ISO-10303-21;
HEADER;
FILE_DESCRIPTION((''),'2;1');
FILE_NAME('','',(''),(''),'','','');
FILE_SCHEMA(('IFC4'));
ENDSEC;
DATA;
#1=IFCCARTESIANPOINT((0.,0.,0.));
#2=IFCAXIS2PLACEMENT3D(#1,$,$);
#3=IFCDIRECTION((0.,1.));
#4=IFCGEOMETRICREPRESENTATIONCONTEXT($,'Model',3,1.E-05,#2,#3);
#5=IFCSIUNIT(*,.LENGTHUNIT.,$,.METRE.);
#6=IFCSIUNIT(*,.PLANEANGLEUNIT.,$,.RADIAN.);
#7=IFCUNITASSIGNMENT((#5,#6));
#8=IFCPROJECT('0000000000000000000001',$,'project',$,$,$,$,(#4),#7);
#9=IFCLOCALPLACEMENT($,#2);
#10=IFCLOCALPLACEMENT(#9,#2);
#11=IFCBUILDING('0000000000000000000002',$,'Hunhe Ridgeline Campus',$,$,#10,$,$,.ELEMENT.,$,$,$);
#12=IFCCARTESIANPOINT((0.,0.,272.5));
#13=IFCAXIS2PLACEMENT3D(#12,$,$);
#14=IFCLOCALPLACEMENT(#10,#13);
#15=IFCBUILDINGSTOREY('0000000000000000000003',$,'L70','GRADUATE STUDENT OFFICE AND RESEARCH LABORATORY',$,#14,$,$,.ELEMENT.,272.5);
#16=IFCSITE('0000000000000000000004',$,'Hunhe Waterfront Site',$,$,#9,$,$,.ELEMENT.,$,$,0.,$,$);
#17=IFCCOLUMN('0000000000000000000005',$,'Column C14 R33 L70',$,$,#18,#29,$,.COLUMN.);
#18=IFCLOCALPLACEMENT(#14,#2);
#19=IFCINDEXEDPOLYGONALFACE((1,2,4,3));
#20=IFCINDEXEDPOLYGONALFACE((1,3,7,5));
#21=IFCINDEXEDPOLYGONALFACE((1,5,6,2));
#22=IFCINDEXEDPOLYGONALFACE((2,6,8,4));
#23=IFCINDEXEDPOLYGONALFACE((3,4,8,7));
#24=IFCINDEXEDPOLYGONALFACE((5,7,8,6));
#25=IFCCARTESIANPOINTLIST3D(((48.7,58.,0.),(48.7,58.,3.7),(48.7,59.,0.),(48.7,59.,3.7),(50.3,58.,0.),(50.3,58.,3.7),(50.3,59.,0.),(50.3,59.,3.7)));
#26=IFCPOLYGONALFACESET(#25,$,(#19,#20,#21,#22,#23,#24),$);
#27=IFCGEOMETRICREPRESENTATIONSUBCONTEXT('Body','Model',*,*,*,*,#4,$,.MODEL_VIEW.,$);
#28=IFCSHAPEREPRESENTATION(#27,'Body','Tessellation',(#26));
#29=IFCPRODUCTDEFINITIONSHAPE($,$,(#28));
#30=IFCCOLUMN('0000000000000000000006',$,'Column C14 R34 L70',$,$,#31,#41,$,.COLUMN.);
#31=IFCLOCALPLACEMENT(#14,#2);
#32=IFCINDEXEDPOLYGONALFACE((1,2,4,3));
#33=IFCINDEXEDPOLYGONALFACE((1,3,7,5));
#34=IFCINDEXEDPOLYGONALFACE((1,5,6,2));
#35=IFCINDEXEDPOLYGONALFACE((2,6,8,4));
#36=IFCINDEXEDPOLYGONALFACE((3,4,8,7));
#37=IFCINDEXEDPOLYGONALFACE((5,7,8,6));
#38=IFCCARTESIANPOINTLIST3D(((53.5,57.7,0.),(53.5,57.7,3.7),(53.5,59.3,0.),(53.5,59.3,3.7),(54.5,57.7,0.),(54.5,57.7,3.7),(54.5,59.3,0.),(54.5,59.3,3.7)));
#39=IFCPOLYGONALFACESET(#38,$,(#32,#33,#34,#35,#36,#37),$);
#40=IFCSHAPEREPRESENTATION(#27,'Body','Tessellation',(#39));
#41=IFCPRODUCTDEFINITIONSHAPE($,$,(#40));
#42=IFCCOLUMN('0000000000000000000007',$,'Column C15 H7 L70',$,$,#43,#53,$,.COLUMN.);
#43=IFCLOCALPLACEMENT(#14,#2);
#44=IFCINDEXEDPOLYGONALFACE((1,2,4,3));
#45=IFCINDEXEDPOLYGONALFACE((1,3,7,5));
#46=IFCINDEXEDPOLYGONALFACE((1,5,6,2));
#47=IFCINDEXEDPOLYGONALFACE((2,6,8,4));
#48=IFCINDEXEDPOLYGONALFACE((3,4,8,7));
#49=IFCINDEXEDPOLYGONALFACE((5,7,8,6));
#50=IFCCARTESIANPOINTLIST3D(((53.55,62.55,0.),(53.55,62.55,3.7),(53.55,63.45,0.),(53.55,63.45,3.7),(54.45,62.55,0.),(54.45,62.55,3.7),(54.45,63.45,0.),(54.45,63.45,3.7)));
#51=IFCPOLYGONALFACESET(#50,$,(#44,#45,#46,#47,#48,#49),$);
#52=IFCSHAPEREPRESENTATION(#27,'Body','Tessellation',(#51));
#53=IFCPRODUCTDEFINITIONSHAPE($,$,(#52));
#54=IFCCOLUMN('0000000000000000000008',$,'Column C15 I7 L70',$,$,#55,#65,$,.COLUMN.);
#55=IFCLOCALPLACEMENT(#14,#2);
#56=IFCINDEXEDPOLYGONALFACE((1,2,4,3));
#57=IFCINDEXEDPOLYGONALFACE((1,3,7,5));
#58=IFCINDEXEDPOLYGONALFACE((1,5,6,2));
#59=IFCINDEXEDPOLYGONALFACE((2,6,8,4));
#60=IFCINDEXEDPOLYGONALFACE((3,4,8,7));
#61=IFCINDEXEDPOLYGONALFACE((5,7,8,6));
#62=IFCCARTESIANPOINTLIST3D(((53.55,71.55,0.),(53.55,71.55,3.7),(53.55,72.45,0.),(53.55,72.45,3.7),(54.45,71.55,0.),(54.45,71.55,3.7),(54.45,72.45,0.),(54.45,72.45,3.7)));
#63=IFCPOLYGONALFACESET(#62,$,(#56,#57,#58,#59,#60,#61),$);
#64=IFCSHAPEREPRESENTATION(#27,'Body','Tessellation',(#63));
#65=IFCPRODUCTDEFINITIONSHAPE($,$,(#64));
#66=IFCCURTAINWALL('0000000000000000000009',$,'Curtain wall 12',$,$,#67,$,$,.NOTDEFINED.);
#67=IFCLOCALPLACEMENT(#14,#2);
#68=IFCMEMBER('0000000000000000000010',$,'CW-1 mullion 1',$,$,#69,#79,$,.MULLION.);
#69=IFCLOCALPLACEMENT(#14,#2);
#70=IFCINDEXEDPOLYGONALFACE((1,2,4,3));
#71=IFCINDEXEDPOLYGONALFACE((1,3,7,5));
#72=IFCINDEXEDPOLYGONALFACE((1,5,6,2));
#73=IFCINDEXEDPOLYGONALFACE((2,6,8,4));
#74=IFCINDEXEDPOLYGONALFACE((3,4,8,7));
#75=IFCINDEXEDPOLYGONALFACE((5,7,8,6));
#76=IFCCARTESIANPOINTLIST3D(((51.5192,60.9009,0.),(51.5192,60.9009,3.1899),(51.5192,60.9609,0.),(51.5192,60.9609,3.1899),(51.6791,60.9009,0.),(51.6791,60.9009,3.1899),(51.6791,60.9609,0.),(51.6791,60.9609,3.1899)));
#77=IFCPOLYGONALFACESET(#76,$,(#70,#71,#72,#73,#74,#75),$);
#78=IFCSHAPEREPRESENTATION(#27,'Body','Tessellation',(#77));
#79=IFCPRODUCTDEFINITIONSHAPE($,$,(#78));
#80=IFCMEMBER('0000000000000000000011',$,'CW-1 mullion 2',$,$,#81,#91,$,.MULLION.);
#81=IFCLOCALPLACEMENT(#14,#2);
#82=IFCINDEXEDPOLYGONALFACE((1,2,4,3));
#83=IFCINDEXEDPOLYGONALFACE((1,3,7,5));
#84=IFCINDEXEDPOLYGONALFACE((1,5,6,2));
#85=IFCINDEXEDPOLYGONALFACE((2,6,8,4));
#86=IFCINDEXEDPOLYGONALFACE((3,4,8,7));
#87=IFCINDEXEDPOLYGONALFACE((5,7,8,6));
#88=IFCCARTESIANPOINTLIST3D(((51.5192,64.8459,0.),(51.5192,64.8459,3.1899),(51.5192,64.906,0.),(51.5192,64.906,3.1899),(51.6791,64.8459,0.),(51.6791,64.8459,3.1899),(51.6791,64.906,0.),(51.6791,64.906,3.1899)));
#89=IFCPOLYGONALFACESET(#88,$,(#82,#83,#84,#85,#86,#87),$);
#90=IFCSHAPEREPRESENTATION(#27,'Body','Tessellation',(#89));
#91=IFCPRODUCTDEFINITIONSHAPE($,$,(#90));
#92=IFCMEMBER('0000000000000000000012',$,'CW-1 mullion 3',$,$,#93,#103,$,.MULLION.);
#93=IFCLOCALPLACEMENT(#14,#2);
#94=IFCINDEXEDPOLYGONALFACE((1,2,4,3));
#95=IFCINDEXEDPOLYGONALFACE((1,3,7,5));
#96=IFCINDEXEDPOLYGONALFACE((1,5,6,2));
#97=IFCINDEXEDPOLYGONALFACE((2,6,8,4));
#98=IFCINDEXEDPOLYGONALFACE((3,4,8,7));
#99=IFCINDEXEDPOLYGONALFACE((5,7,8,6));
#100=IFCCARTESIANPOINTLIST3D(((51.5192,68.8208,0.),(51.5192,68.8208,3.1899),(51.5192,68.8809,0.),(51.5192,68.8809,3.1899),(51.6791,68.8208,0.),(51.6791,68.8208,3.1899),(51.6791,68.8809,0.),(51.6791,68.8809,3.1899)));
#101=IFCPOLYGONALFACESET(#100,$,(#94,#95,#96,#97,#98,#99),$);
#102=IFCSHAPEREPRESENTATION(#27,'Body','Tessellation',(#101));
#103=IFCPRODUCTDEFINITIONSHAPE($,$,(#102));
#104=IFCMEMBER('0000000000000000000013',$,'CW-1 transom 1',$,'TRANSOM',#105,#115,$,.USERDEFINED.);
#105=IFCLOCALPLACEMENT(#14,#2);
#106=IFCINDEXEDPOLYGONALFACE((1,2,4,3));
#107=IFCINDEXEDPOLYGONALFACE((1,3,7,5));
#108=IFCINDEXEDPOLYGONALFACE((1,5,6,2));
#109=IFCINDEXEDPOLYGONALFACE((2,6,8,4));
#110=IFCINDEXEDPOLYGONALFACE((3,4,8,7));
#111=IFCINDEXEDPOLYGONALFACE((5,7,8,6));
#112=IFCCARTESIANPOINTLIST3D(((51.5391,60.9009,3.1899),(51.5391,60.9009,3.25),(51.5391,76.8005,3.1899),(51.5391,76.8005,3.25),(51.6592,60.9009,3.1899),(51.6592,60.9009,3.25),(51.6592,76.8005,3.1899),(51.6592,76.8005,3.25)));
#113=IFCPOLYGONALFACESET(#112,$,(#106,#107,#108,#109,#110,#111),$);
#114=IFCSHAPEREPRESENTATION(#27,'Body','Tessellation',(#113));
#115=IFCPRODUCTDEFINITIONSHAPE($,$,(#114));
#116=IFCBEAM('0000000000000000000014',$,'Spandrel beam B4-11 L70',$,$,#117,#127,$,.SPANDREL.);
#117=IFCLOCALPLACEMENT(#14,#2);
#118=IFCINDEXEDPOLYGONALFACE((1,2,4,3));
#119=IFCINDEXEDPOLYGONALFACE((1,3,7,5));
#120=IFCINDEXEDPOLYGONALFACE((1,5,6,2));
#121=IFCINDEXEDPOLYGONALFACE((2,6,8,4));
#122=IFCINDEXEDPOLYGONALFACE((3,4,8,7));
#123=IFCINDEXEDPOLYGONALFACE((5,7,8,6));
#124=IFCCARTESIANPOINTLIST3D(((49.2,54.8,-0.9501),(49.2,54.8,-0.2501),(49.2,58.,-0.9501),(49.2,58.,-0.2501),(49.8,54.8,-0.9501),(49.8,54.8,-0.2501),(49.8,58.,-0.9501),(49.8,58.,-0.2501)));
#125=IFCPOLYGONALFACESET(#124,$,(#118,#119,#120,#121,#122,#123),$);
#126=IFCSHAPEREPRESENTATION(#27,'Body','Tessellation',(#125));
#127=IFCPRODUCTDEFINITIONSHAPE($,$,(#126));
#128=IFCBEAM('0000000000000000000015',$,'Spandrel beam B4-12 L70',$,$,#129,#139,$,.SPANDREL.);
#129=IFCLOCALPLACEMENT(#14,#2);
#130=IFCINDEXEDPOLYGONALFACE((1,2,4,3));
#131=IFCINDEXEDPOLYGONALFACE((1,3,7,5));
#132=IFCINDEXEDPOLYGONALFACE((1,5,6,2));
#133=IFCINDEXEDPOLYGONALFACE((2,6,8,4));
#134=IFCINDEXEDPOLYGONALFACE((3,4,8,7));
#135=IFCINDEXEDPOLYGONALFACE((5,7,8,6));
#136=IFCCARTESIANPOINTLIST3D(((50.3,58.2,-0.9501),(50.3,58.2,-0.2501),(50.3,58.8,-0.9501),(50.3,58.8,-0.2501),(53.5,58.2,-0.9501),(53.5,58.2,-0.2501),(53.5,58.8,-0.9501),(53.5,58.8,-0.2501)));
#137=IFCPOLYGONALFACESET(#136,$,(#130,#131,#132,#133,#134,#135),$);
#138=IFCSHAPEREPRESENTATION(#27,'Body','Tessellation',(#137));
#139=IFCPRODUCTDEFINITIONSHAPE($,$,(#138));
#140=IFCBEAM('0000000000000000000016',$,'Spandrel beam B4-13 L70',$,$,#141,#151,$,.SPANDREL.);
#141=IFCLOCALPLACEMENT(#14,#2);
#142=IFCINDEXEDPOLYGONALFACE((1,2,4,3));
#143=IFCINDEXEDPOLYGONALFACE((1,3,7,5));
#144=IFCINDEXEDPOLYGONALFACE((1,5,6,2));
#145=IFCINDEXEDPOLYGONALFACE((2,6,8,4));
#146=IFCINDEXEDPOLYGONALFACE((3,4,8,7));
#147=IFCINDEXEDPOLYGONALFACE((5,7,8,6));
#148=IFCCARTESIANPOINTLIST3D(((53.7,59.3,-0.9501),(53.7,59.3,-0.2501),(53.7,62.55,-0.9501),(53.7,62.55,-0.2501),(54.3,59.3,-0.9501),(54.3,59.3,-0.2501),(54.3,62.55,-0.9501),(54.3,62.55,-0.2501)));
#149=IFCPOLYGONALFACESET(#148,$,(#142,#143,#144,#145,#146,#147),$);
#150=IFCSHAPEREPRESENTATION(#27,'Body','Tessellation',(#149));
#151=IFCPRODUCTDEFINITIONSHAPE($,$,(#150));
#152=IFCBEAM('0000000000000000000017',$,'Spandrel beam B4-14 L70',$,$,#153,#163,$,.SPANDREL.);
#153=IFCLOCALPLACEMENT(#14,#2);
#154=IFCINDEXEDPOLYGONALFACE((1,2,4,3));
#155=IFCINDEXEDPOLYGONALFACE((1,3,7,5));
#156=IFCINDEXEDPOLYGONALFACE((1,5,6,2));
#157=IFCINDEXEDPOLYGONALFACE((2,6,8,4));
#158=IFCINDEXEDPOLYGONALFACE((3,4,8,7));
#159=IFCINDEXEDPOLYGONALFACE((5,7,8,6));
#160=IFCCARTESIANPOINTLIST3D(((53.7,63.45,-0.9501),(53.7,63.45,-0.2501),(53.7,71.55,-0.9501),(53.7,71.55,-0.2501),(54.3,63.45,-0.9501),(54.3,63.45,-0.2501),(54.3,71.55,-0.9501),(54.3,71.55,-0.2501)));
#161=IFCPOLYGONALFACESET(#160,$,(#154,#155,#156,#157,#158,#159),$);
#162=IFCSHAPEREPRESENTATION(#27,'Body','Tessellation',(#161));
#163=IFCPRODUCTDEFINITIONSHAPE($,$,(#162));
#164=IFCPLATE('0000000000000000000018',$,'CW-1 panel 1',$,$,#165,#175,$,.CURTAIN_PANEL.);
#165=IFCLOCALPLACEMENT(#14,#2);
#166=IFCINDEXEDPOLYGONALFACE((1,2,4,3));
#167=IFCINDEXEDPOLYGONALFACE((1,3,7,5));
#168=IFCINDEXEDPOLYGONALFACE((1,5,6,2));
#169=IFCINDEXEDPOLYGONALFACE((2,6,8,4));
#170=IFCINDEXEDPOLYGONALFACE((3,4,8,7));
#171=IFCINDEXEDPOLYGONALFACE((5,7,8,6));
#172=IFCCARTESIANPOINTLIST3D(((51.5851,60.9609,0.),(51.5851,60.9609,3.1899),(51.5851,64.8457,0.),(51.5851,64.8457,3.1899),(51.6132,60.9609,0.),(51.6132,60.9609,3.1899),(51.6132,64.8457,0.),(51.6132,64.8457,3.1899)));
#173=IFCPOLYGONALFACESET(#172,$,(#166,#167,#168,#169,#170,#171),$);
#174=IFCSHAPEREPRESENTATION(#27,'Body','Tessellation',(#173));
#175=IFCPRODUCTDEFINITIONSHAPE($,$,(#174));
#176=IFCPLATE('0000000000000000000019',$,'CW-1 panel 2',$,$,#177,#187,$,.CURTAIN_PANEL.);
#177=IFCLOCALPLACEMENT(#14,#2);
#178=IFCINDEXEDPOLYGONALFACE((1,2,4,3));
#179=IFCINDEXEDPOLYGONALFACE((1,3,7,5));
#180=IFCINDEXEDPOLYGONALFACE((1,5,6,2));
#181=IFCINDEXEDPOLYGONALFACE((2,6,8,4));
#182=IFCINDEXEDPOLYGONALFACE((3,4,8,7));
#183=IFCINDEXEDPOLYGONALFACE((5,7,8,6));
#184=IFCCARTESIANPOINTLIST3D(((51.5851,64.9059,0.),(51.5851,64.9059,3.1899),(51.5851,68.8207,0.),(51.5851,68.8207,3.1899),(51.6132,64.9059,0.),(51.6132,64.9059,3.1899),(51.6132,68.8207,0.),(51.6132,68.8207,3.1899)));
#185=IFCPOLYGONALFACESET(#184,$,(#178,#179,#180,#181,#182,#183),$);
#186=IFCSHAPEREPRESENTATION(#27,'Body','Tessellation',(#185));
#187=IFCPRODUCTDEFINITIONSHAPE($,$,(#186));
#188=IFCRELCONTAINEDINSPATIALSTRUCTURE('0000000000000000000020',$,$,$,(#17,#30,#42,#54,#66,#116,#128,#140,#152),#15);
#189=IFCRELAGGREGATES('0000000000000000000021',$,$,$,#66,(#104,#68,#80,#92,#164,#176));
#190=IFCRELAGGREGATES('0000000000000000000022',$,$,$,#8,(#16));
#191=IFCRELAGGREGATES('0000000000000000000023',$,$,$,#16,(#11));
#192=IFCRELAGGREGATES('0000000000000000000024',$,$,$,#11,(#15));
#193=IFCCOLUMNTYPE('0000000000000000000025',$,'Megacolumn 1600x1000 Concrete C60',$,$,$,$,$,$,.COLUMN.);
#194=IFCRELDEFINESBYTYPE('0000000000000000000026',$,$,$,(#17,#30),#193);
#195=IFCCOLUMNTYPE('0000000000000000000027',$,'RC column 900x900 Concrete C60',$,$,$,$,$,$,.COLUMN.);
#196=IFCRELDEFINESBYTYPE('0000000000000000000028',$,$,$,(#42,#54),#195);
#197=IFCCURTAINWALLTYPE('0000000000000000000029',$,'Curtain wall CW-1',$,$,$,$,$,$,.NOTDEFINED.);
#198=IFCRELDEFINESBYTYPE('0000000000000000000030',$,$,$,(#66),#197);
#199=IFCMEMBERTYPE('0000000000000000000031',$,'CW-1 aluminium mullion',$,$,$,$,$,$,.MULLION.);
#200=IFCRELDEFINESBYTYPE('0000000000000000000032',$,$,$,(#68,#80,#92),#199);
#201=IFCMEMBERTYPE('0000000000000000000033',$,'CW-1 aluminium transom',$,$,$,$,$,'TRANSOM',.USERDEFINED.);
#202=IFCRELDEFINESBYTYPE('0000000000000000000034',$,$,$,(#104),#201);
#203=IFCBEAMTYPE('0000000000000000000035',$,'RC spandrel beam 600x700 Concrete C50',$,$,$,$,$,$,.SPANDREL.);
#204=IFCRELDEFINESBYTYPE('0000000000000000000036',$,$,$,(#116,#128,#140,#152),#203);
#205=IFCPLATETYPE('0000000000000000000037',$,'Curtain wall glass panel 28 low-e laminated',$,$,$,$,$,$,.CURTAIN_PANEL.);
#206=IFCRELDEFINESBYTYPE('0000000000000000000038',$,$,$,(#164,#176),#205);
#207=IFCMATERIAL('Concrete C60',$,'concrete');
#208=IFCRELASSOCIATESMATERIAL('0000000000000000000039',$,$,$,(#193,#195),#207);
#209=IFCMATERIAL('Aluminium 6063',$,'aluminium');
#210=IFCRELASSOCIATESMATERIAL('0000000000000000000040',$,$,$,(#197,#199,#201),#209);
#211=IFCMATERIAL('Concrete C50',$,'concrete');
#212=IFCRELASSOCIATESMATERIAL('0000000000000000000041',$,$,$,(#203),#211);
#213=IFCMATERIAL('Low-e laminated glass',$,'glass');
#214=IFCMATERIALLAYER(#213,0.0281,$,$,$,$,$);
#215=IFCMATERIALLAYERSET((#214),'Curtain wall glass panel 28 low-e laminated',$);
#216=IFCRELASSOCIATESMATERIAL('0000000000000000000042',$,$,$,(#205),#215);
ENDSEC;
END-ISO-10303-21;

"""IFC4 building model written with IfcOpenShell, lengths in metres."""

from ifc_helpers import new_model, si_unit, direction, frame, origin, origin_2d, place, context, subcontext, project, spatial, rectangle, extrude, material, layer, layer_set, material_profile, profile_set, type_object, element, aggregate, save


model = new_model("IFC4")

# Units and contexts
model_context = context("Model", 3, precision=1e-05, world=origin(), true_north=direction((0.0, 1.0)))
body_context = subcontext(model_context, "Body", "Model", "MODEL_VIEW")
ifc_project = project(units=[si_unit("LENGTHUNIT", "METRE"), si_unit("PLANEANGLEUNIT", "RADIAN")], contexts=[model_context])

# Site, building, storey
site_placement = place(None, origin())
site = spatial("IfcSite", under=ifc_project, at=site_placement, Name="Hunhe Waterfront Site", CompositionType="ELEMENT", RefElevation=0.0)
building_placement = place(site_placement, origin())
building = spatial("IfcBuilding", under=site, at=building_placement, Name="Hunhe Ridgeline Campus", CompositionType="ELEMENT")
storey_placement = place(building_placement, frame((0.0, 0.0, 272.5)))
storey = spatial("IfcBuildingStorey", under=building, at=storey_placement, Name="L70", Description="GRADUATE STUDENT OFFICE AND RESEARCH LABORATORY", CompositionType="ELEMENT", Elevation=272.5)

# Columns
ifc_material_1 = material(Name="Concrete C60", Category="concrete")
ifc_material_profile_1 = material_profile(ifc_material_1, rectangle(XDim=1.6001, YDim=1.0, at=origin_2d()))
ifc_profile_set_1 = profile_set([ifc_material_profile_1], Name="Concrete C60")
column_type_1 = type_object("IfcColumnType", Name="Megacolumn 1600x1000 Concrete C60", PredefinedType="COLUMN", material=ifc_profile_set_1)
for number, where, z_axis, x_axis, name in (
    (1, (49.5, 58.5, 0.0), (0.0, 0.0, 1.0), (1.0, 0.0, 0.0), "Column C14 R33 L70"),
    (2, (54.0, 58.5, 0.0), (0.0, 0.0, 1.0), (0.0, 1.0, 0.0), "Column C14 R34 L70"),
):
    element("IfcColumn", number, at=place(storey_placement, frame(where, z_axis=z_axis, x_axis=x_axis)), inside=storey, type_object=column_type_1, Name=name, PredefinedType="COLUMN", context=body_context, shape_type="SweptSolid", body=[
        extrude(rectangle(XDim=1.6001, YDim=1.0, at=origin_2d()), origin(), (0.0, 0.0, 1.0), 3.7),
    ])
ifc_material_profile_2 = material_profile(ifc_material_1, rectangle(XDim=0.8999, YDim=0.8999, at=origin_2d()))
ifc_profile_set_2 = profile_set([ifc_material_profile_2], Name="Concrete C60")
column_type_2 = type_object("IfcColumnType", Name="RC column 900x900 Concrete C60", PredefinedType="COLUMN", material=ifc_profile_set_2)
for number, where, z_axis, x_axis, name in (
    (3, (54.0, 63.0, 0.0), (0.0, 0.0, 1.0), (1.0, 0.0, 0.0), "Column C15 H7 L70"),
    (4, (54.0, 72.0, 0.0), (0.0, 0.0, 1.0), (1.0, 0.0, 0.0), "Column C15 I7 L70"),
):
    element("IfcColumn", number, at=place(storey_placement, frame(where, z_axis=z_axis, x_axis=x_axis)), inside=storey, type_object=column_type_2, Name=name, PredefinedType="COLUMN", context=body_context, shape_type="SweptSolid", body=[
        extrude(rectangle(XDim=0.8999, YDim=0.8999, at=origin_2d()), origin(), (0.0, 0.0, 1.0), 3.7),
    ])

# Curtain wall, members
ifc_material_2 = material(Name="Aluminium 6063", Category="aluminium")
curtain_wall_type = type_object("IfcCurtainWallType", Name="Curtain wall CW-1", PredefinedType="NOTDEFINED", material=ifc_material_2)
curtain_wall_placement = place(storey_placement, origin())
curtain_wall = element("IfcCurtainWall", 5, at=curtain_wall_placement, inside=storey, type_object=curtain_wall_type, Name="Curtain wall 12", PredefinedType="NOTDEFINED")
ifc_material_profile_3 = material_profile(ifc_material_2, rectangle(XDim=0.1599, YDim=0.0601, at=origin_2d()))
ifc_profile_set_3 = profile_set([ifc_material_profile_3], Name="Aluminium 6063")
member_type_1 = type_object("IfcMemberType", Name="CW-1 aluminium mullion", PredefinedType="MULLION", material=ifc_profile_set_3)
member_1_placement = place(storey_placement, frame((51.5991, 60.9309, 0.0), z_axis=(0.0, 0.0, 1.0), x_axis=(-1.0, 0.0, 0.0)))
member_1 = element("IfcMember", 6, at=member_1_placement, type_object=member_type_1, Name="CW-1 mullion 1", PredefinedType="MULLION", context=body_context, shape_type="SweptSolid", body=[
    extrude(rectangle(XDim=0.1599, YDim=0.0601, at=origin_2d()), origin(), (0.0, 0.0, 1.0), 3.1899),
])
member_2_placement = place(storey_placement, frame((51.5991, 64.876, 0.0), z_axis=(0.0, 0.0, 1.0), x_axis=(-1.0, 0.0, 0.0)))
member_2 = element("IfcMember", 7, at=member_2_placement, type_object=member_type_1, Name="CW-1 mullion 2", PredefinedType="MULLION", context=body_context, shape_type="SweptSolid", body=[
    extrude(rectangle(XDim=0.1599, YDim=0.0601, at=origin_2d()), origin(), (0.0, 0.0, 1.0), 3.1899),
])
member_3_placement = place(storey_placement, frame((51.5991, 68.8508, 0.0), z_axis=(0.0, 0.0, 1.0), x_axis=(-1.0, 0.0, 0.0)))
member_3 = element("IfcMember", 8, at=member_3_placement, type_object=member_type_1, Name="CW-1 mullion 3", PredefinedType="MULLION", context=body_context, shape_type="SweptSolid", body=[
    extrude(rectangle(XDim=0.1599, YDim=0.0601, at=origin_2d()), origin(), (0.0, 0.0, 1.0), 3.1899),
])
ifc_material_profile_4 = material_profile(ifc_material_2, rectangle(XDim=0.1201, YDim=0.0601, at=origin_2d()))
ifc_profile_set_4 = profile_set([ifc_material_profile_4], Name="Aluminium 6063")
member_type_2 = type_object("IfcMemberType", Name="CW-1 aluminium transom", ElementType="TRANSOM", PredefinedType="USERDEFINED", material=ifc_profile_set_4)
member_4_placement = place(storey_placement, frame((51.5991, 60.9009, 3.22), z_axis=(0.0, 1.0, 0.0), x_axis=(-1.0, 0.0, 0.0)))
member_4 = element("IfcMember", 9, at=member_4_placement, type_object=member_type_2, Name="CW-1 transom 1", ObjectType="TRANSOM", PredefinedType="USERDEFINED", context=body_context, shape_type="SweptSolid", body=[
    extrude(rectangle(XDim=0.1201, YDim=0.0601, at=origin_2d()), origin(), (0.0, 0.0, 1.0), 15.8997),
])

# Beams
ifc_material_3 = material(Name="Concrete C50", Category="concrete")
ifc_material_profile_5 = material_profile(ifc_material_3, rectangle(XDim=0.6001, YDim=0.7, at=origin_2d()))
ifc_profile_set_5 = profile_set([ifc_material_profile_5], Name="Concrete C50")
beam_type = type_object("IfcBeamType", Name="RC spandrel beam 600x700 Concrete C50", PredefinedType="SPANDREL", material=ifc_profile_set_5)
for number, where, z_axis, x_axis, name in (
    (10, (49.5, 54.8, -0.6001), (0.0, 1.0, 0.0), (-1.0, 0.0, 0.0), "Spandrel beam B4-11 L70"),
    (11, (50.3, 58.5, -0.6001), (1.0, 0.0, 0.0), (0.0, 1.0, 0.0), "Spandrel beam B4-12 L70"),
):
    element("IfcBeam", number, at=place(storey_placement, frame(where, z_axis=z_axis, x_axis=x_axis)), inside=storey, type_object=beam_type, Name=name, PredefinedType="SPANDREL", context=body_context, shape_type="SweptSolid", body=[
        extrude(rectangle(XDim=0.6001, YDim=0.7, at=origin_2d()), origin(), (0.0, 0.0, 1.0), 3.2),
    ])
beam_1_placement = place(storey_placement, frame((54.0, 59.3, -0.6001), z_axis=(0.0, 1.0, 0.0), x_axis=(-1.0, 0.0, 0.0)))
element("IfcBeam", 12, at=beam_1_placement, inside=storey, type_object=beam_type, Name="Spandrel beam B4-13 L70", PredefinedType="SPANDREL", context=body_context, shape_type="SweptSolid", body=[
    extrude(rectangle(XDim=0.6001, YDim=0.7, at=origin_2d()), origin(), (0.0, 0.0, 1.0), 3.25),
])
beam_2_placement = place(storey_placement, frame((54.0, 63.45, -0.6001), z_axis=(0.0, 1.0, 0.0), x_axis=(-1.0, 0.0, 0.0)))
element("IfcBeam", 13, at=beam_2_placement, inside=storey, type_object=beam_type, Name="Spandrel beam B4-14 L70", PredefinedType="SPANDREL", context=body_context, shape_type="SweptSolid", body=[
    extrude(rectangle(XDim=0.6001, YDim=0.7, at=origin_2d()), origin(), (0.0, 0.0, 1.0), 8.1001),
])

# Plates
ifc_material_4 = material(Name="Low-e laminated glass", Category="glass")
ifc_layer_1 = layer(ifc_material_4, 0.0281)
ifc_layer_set_1 = layer_set([ifc_layer_1], Name="Curtain wall glass panel 28 low-e laminated")
plate_type = type_object("IfcPlateType", Name="Curtain wall glass panel 28 low-e laminated", PredefinedType="CURTAIN_PANEL", material=ifc_layer_set_1)
plate_1_placement = place(storey_placement, frame((51.5991, 62.9033, 0.0), z_axis=(0.0, 0.0, 1.0), x_axis=(0.0, 1.0, 0.0)))
plate_1 = element("IfcPlate", 14, at=plate_1_placement, type_object=plate_type, Name="CW-1 panel 1", PredefinedType="CURTAIN_PANEL", context=body_context, shape_type="SweptSolid", body=[
    extrude(rectangle(XDim=3.8848, YDim=0.0281, at=origin_2d()), origin(), (0.0, 0.0, 1.0), 3.1899),
])
plate_2_placement = place(storey_placement, frame((51.5991, 66.8633, 0.0), z_axis=(0.0, 0.0, 1.0), x_axis=(0.0, 1.0, 0.0)))
plate_2 = element("IfcPlate", 15, at=plate_2_placement, type_object=plate_type, Name="CW-1 panel 2", PredefinedType="CURTAIN_PANEL", context=body_context, shape_type="SweptSolid", body=[
    extrude(rectangle(XDim=3.9148, YDim=0.0281, at=origin_2d()), origin(), (0.0, 0.0, 1.0), 3.1899),
])
aggregate(curtain_wall, [member_4, member_1, member_2, member_3, plate_1, plate_2])

save(model, "model.ifc")
